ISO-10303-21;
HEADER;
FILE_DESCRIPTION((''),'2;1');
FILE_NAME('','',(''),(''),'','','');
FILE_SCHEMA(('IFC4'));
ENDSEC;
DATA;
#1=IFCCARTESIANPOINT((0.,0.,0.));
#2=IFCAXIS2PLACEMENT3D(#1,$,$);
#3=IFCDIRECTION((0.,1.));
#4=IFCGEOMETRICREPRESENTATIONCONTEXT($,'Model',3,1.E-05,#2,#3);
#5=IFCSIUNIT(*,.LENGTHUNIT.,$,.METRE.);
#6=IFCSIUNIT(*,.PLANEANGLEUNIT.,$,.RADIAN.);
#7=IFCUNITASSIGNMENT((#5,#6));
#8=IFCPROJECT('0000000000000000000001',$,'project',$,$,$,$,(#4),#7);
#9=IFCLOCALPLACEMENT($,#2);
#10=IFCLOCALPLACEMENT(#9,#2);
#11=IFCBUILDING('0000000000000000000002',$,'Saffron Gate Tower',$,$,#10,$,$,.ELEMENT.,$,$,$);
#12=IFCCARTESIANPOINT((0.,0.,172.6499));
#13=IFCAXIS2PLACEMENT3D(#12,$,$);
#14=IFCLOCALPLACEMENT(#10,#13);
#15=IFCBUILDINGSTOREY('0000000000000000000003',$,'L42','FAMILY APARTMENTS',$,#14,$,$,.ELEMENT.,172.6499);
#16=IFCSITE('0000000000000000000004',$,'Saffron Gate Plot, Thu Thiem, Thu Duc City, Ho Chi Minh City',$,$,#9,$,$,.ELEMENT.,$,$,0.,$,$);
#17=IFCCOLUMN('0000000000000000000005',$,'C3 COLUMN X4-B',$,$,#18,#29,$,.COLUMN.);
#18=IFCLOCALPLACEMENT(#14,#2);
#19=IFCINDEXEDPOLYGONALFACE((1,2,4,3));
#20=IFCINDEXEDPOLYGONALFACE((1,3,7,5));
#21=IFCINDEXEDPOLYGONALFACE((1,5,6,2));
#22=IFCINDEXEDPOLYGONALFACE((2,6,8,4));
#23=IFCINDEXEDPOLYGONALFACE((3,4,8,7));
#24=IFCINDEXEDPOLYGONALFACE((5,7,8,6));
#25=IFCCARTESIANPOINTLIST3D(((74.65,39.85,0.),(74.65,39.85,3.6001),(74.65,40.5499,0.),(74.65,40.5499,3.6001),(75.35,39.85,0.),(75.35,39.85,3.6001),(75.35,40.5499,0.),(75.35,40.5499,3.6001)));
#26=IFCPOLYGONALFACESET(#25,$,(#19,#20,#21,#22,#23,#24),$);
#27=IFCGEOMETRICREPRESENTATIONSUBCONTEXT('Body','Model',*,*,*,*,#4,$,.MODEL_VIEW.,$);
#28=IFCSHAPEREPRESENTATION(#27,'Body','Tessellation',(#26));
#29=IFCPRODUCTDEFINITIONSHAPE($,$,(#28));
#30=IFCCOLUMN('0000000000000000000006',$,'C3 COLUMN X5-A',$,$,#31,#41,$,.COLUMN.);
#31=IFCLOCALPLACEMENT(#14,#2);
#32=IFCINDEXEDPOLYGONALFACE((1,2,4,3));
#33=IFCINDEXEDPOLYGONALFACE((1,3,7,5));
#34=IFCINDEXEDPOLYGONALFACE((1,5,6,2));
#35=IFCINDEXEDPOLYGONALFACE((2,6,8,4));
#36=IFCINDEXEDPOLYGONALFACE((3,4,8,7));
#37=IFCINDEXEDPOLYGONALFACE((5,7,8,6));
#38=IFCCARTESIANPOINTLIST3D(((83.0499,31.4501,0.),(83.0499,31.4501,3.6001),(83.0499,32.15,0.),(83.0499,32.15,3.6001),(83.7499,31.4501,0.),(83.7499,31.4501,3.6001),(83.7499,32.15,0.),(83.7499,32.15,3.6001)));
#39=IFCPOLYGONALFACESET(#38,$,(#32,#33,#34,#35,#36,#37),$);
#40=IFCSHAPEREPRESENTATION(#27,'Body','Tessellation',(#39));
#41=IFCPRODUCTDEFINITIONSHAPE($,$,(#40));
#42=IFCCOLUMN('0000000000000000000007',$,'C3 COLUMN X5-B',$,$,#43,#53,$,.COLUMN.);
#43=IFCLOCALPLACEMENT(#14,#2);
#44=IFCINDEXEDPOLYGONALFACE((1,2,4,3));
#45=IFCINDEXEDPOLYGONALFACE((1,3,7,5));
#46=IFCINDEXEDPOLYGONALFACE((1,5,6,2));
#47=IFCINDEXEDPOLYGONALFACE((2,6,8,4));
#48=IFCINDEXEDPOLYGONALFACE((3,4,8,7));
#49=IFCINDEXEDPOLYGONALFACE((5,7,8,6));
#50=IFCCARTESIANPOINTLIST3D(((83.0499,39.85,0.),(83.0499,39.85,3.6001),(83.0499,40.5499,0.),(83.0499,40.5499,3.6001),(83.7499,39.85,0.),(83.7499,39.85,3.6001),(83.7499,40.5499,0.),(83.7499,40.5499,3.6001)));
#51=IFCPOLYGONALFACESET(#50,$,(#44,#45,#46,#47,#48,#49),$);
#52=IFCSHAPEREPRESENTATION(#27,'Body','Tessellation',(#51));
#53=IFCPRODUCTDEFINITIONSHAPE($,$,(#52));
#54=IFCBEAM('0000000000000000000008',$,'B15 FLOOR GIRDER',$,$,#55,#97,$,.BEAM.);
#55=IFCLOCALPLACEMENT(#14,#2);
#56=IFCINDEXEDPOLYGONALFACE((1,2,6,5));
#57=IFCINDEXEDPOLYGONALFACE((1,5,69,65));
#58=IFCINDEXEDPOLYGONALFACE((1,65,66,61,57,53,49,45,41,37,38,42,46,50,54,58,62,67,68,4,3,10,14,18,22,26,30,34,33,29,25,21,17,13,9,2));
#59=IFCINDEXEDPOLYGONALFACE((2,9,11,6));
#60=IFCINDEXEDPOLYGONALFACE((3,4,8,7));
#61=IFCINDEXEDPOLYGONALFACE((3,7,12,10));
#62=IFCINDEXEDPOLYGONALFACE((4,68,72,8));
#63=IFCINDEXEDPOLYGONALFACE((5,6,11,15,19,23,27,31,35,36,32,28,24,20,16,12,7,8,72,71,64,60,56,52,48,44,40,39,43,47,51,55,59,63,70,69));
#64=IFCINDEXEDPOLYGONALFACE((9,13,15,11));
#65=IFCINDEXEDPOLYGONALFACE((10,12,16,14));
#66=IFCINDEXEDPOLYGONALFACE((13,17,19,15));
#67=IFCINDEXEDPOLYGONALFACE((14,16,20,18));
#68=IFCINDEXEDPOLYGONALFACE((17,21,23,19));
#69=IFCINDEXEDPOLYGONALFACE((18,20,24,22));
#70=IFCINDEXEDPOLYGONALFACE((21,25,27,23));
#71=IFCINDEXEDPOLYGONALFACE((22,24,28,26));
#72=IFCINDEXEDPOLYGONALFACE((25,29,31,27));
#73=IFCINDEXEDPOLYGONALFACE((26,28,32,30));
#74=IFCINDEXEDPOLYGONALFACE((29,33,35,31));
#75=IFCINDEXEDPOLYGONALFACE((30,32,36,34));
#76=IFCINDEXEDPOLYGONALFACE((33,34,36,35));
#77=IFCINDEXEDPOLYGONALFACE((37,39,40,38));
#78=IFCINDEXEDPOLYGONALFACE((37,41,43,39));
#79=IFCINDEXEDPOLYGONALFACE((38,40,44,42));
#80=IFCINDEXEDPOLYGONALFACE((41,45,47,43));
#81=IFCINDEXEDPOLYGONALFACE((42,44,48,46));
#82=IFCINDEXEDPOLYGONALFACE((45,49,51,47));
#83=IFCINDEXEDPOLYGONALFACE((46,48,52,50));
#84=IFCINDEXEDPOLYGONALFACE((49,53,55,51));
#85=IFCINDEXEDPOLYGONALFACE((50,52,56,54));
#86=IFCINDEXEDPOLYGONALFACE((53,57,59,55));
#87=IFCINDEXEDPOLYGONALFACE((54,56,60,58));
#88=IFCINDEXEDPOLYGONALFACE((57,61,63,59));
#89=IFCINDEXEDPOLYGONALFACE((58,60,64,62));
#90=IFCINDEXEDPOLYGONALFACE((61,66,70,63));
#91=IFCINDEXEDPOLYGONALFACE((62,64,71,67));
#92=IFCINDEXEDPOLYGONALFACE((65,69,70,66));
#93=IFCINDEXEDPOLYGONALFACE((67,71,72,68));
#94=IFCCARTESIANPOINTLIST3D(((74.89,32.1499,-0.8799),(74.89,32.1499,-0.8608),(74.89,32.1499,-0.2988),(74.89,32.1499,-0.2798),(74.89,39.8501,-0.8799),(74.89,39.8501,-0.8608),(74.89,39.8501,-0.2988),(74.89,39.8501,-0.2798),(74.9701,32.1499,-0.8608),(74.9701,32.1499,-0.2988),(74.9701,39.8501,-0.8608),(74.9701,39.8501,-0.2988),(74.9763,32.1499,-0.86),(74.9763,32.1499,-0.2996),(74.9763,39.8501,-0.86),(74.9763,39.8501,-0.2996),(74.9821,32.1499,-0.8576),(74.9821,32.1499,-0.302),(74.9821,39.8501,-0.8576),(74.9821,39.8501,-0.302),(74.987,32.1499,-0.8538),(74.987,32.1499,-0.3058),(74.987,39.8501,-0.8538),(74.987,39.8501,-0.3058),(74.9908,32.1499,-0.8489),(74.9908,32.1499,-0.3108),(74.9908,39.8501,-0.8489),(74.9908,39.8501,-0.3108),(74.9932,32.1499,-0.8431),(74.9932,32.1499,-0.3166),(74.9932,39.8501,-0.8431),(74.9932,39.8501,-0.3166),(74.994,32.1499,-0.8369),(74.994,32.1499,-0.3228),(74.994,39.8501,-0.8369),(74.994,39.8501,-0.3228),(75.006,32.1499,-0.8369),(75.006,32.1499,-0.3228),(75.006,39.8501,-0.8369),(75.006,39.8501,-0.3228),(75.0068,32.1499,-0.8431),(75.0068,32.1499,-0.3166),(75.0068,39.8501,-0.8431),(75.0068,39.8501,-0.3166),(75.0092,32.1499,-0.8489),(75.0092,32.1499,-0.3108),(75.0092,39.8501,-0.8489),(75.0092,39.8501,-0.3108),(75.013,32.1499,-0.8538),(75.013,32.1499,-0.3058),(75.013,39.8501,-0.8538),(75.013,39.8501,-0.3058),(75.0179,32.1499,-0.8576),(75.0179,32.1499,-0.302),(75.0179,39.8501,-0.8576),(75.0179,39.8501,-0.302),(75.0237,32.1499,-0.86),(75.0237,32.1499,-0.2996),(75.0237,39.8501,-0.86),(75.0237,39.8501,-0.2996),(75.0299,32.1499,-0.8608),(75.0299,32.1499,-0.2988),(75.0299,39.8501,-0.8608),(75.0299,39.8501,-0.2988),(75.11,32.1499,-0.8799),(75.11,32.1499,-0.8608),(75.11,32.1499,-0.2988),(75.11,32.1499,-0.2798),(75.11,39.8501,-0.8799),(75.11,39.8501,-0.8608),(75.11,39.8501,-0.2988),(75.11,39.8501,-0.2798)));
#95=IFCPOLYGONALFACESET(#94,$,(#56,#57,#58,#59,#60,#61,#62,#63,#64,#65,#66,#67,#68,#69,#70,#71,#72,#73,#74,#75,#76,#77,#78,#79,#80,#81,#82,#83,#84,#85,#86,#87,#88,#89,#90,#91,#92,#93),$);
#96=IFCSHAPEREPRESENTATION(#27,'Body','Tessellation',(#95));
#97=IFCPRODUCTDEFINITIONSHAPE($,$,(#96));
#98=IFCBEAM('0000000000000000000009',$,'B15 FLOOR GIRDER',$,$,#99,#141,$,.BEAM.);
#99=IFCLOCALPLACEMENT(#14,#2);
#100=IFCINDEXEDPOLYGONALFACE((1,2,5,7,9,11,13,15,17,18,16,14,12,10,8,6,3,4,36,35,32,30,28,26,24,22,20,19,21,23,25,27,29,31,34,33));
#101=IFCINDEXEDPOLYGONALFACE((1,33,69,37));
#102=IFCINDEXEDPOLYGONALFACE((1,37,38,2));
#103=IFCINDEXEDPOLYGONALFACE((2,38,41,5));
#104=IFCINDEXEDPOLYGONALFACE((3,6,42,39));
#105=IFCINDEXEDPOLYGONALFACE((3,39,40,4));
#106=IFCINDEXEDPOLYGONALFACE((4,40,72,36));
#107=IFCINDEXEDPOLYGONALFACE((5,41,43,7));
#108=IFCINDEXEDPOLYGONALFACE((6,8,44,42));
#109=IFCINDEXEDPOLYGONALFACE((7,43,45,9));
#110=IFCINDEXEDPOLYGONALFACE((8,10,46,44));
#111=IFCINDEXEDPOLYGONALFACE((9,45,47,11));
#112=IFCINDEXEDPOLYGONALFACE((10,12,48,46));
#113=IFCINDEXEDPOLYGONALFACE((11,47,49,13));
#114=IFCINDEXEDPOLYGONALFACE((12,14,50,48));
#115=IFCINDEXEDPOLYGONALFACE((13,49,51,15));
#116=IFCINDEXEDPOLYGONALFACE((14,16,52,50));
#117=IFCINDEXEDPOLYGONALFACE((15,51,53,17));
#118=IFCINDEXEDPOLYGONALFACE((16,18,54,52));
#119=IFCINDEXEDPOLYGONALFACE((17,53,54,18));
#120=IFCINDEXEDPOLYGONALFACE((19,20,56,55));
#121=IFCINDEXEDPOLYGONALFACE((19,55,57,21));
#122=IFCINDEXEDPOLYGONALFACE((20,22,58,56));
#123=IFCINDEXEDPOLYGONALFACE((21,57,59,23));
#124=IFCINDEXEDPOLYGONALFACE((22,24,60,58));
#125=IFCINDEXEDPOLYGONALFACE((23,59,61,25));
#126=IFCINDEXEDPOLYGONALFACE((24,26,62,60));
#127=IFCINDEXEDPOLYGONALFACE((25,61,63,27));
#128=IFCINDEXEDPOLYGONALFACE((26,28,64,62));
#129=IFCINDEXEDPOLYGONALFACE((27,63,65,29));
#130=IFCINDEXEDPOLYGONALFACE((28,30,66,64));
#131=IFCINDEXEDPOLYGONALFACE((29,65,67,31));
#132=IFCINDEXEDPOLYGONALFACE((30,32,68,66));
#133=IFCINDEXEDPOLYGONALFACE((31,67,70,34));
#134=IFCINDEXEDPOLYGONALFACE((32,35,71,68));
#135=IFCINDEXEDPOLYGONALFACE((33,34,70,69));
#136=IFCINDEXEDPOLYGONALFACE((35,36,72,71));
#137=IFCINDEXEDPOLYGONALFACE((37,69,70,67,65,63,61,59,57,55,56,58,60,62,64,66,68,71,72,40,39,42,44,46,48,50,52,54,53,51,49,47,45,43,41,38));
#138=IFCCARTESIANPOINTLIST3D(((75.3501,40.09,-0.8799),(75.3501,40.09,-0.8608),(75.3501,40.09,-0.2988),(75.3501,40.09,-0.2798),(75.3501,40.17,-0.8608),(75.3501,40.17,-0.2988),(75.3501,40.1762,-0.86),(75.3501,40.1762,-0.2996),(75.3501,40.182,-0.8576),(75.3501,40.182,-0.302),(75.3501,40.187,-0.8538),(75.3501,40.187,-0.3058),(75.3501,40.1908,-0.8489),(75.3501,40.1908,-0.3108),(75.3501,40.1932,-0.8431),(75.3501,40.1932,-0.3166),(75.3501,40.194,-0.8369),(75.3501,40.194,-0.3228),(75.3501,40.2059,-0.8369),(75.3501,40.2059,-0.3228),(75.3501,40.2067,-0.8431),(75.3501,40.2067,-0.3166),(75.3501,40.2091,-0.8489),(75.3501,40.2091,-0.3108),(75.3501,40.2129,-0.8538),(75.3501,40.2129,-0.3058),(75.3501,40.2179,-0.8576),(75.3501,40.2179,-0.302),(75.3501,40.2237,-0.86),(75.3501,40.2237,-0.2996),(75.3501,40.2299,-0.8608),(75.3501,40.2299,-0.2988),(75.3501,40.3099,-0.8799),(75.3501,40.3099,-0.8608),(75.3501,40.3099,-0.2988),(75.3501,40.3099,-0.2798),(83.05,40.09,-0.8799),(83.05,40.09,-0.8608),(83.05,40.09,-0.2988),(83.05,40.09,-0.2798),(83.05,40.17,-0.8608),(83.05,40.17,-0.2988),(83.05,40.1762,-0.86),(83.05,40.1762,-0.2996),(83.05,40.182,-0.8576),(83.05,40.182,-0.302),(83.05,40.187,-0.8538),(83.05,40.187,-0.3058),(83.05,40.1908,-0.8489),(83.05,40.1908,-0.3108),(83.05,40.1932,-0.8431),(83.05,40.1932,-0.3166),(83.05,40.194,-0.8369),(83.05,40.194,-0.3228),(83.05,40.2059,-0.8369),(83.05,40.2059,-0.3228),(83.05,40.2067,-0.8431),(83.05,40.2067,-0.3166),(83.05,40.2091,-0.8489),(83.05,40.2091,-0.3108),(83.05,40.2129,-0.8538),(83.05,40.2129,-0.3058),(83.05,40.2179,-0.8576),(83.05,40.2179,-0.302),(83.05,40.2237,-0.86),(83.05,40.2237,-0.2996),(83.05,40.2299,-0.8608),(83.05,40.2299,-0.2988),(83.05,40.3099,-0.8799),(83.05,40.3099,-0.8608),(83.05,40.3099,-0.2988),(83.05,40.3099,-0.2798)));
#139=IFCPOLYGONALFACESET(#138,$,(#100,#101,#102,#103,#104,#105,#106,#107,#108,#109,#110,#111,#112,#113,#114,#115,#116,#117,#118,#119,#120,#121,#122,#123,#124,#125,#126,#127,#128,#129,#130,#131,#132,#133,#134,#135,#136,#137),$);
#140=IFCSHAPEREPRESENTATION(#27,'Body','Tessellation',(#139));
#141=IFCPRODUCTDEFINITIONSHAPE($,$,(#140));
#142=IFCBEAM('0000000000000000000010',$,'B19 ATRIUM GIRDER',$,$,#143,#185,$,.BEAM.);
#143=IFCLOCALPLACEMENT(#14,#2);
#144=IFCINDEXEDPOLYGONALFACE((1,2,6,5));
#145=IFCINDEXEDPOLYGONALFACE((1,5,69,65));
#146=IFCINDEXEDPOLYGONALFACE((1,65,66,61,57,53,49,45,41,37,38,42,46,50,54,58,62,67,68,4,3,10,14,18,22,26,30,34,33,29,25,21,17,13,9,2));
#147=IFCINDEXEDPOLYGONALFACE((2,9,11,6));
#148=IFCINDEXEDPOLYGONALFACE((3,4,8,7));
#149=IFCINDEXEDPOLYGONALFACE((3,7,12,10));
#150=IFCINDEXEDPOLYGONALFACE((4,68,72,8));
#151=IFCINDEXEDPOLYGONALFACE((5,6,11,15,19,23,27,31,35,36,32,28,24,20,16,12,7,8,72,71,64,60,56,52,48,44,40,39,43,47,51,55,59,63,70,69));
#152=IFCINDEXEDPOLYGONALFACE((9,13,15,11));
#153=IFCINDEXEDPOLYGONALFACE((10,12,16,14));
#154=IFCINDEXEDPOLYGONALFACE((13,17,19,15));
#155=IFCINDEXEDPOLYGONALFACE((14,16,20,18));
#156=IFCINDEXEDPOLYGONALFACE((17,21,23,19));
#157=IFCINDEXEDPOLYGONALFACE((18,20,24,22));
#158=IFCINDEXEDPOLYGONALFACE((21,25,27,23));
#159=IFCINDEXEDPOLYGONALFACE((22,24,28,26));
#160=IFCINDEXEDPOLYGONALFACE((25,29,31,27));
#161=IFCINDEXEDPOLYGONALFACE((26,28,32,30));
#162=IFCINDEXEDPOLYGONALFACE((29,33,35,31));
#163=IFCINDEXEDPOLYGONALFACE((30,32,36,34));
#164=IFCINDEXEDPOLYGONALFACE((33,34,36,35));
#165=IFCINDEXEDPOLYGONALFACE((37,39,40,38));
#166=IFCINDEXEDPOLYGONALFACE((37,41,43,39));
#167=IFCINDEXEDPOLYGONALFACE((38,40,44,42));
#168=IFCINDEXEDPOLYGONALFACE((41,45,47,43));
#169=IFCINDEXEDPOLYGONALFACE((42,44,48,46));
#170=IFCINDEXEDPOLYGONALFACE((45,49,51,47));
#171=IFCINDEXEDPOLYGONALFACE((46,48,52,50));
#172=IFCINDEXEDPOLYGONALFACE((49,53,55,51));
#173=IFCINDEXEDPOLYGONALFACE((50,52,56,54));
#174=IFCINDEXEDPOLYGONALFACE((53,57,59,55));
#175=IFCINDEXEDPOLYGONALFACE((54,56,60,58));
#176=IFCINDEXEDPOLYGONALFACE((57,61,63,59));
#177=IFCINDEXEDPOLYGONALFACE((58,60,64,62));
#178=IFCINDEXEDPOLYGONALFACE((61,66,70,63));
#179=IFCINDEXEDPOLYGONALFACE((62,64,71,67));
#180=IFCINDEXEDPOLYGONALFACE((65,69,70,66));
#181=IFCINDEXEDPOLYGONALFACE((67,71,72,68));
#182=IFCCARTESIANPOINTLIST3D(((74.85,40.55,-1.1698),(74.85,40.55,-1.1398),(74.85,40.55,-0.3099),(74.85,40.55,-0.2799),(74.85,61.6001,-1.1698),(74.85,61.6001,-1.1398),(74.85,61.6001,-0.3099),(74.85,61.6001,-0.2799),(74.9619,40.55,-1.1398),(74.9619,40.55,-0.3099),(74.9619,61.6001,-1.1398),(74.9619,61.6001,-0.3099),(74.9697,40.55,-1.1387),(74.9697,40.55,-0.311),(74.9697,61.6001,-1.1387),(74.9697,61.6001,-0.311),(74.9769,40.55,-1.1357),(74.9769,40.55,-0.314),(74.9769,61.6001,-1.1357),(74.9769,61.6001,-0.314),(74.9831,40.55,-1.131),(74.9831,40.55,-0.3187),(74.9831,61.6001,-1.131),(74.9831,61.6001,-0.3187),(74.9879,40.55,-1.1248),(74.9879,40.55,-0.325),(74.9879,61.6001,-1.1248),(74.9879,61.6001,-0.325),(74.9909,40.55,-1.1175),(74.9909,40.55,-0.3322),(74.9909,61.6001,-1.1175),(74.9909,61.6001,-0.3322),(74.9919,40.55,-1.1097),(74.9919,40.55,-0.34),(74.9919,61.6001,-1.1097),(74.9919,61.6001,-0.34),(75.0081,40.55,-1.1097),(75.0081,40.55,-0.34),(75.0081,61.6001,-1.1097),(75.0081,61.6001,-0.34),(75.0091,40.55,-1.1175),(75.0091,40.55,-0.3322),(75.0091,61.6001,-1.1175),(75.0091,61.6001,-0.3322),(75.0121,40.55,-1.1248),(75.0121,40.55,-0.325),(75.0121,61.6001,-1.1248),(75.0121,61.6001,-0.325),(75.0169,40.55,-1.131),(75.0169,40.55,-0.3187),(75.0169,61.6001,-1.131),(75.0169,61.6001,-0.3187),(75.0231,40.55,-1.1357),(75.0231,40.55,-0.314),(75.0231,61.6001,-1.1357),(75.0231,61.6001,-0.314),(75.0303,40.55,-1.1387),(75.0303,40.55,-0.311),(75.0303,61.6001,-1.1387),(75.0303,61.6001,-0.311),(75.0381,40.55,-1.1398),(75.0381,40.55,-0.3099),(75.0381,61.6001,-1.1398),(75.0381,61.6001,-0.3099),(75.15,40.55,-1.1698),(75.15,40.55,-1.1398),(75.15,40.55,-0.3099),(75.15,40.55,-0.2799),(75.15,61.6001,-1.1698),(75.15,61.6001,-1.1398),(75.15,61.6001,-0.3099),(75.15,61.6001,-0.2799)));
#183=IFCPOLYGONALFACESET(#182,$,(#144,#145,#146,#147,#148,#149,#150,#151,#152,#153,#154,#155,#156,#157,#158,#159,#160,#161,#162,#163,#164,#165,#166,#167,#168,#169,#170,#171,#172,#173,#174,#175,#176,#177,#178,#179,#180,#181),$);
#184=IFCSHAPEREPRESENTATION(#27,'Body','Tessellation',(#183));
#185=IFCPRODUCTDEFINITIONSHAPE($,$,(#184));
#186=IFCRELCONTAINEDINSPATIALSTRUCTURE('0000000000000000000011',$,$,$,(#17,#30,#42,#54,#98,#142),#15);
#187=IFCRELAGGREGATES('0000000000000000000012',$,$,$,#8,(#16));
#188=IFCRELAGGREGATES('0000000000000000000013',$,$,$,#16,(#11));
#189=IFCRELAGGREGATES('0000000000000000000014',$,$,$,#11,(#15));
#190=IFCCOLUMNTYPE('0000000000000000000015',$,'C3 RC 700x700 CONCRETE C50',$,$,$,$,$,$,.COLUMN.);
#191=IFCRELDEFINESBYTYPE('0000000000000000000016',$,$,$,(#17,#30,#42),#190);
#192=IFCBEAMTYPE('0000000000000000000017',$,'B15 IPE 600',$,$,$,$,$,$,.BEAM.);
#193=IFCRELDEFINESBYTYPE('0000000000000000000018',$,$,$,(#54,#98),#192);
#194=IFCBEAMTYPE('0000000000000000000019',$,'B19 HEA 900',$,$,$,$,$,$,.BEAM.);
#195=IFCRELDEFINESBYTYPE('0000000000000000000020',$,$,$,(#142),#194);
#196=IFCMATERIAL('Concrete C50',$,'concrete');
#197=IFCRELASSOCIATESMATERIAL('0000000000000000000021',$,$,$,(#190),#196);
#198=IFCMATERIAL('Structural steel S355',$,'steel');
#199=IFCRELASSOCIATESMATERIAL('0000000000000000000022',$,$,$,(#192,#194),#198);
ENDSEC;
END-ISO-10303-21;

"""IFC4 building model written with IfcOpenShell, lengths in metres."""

from ifc_helpers import new_model, si_unit, direction, frame, origin, origin_2d, place, context, subcontext, project, spatial, rectangle, i_section, extrude, material, material_profile, profile_set, type_object, element, save


model = new_model("IFC4")

# Units and contexts
model_context = context("Model", 3, precision=1e-05, world=origin(), true_north=direction((0.0, 1.0)))
body_context = subcontext(model_context, "Body", "Model", "MODEL_VIEW")
ifc_project = project(units=[si_unit("LENGTHUNIT", "METRE"), si_unit("PLANEANGLEUNIT", "RADIAN")], contexts=[model_context])

# Site, building, storey
site_placement = place(None, origin())
site = spatial("IfcSite", under=ifc_project, at=site_placement, Name="Saffron Gate Plot, Thu Thiem, Thu Duc City, Ho Chi Minh City", CompositionType="ELEMENT", RefElevation=0.0)
building_placement = place(site_placement, origin())
building = spatial("IfcBuilding", under=site, at=building_placement, Name="Saffron Gate Tower", CompositionType="ELEMENT")
storey_placement = place(building_placement, frame((0.0, 0.0, 172.6499)))
storey = spatial("IfcBuildingStorey", under=building, at=storey_placement, Name="L42", Description="FAMILY APARTMENTS", CompositionType="ELEMENT", Elevation=172.6499)

# Columns
ifc_material_1 = material(Name="Concrete C50", Category="concrete")
ifc_material_profile_1 = material_profile(ifc_material_1, rectangle(XDim=0.7, YDim=0.7, at=origin_2d()))
ifc_profile_set_1 = profile_set([ifc_material_profile_1], Name="Concrete C50")
column_type = type_object("IfcColumnType", Name="C3 RC 700x700 CONCRETE C50", PredefinedType="COLUMN", material=ifc_profile_set_1)
for number, where, z_axis, x_axis, name in (
    (1, (75.0, 40.2, 0.0), (0.0, 0.0, 1.0), (1.0, 0.0, 0.0), "C3 COLUMN X4-B"),
    (2, (83.3999, 31.8, 0.0), (0.0, 0.0, 1.0), (1.0, 0.0, 0.0), "C3 COLUMN X5-A"),
    (3, (83.3999, 40.2, 0.0), (0.0, 0.0, 1.0), (1.0, 0.0, 0.0), "C3 COLUMN X5-B"),
):
    element("IfcColumn", number, at=place(storey_placement, frame(where, z_axis=z_axis, x_axis=x_axis)), inside=storey, type_object=column_type, Name=name, PredefinedType="COLUMN", context=body_context, shape_type="SweptSolid", body=[
        extrude(rectangle(XDim=0.7, YDim=0.7, at=origin_2d()), origin(), (0.0, 0.0, 1.0), 3.6001),
    ])

# Beams
ifc_material_2 = material(Name="Structural steel S355", Category="steel")
ifc_material_profile_2 = material_profile(ifc_material_2, i_section(OverallWidth=0.22, OverallDepth=0.6001, WebThickness=0.012, FlangeThickness=0.019, FilletRadius=0.0239, at=origin_2d()))
ifc_profile_set_2 = profile_set([ifc_material_profile_2], Name="Structural steel S355")
beam_type_1 = type_object("IfcBeamType", Name="B15 IPE 600", PredefinedType="BEAM", material=ifc_profile_set_2)
beam_1_placement = place(storey_placement, frame((75.0, 32.1499, -0.5798), z_axis=(0.0, 1.0, 0.0), x_axis=(-1.0, 0.0, 0.0)))
element("IfcBeam", 4, at=beam_1_placement, inside=storey, type_object=beam_type_1, Name="B15 FLOOR GIRDER", PredefinedType="BEAM", context=body_context, shape_type="SweptSolid", body=[
    extrude(i_section(OverallWidth=0.22, OverallDepth=0.6001, WebThickness=0.012, FlangeThickness=0.019, FilletRadius=0.0239, at=origin_2d()), origin(), (0.0, 0.0, 1.0), 7.7002),
])
beam_2_placement = place(storey_placement, frame((75.3501, 40.2, -0.5798), z_axis=(1.0, 0.0, 0.0), x_axis=(0.0, 1.0, 0.0)))
element("IfcBeam", 5, at=beam_2_placement, inside=storey, type_object=beam_type_1, Name="B15 FLOOR GIRDER", PredefinedType="BEAM", context=body_context, shape_type="SweptSolid", body=[
    extrude(i_section(OverallWidth=0.22, OverallDepth=0.6001, WebThickness=0.012, FlangeThickness=0.019, FilletRadius=0.0239, at=origin_2d()), origin(), (0.0, 0.0, 1.0), 7.7),
])
ifc_material_profile_3 = material_profile(ifc_material_2, i_section(OverallWidth=0.3, OverallDepth=0.8899, WebThickness=0.0161, FlangeThickness=0.03, FilletRadius=0.03, at=origin_2d()))
ifc_profile_set_3 = profile_set([ifc_material_profile_3], Name="Structural steel S355")
beam_type_2 = type_object("IfcBeamType", Name="B19 HEA 900", PredefinedType="BEAM", material=ifc_profile_set_3)
beam_3_placement = place(storey_placement, frame((75.0, 40.55, -0.7249), z_axis=(0.0, 1.0, 0.0), x_axis=(-1.0, 0.0, 0.0)))
element("IfcBeam", 6, at=beam_3_placement, inside=storey, type_object=beam_type_2, Name="B19 ATRIUM GIRDER", PredefinedType="BEAM", context=body_context, shape_type="SweptSolid", body=[
    extrude(i_section(OverallWidth=0.3, OverallDepth=0.8899, WebThickness=0.0161, FlangeThickness=0.03, FilletRadius=0.03, at=origin_2d()), origin(), (0.0, 0.0, 1.0), 21.05),
])

save(model, "model.ifc")
